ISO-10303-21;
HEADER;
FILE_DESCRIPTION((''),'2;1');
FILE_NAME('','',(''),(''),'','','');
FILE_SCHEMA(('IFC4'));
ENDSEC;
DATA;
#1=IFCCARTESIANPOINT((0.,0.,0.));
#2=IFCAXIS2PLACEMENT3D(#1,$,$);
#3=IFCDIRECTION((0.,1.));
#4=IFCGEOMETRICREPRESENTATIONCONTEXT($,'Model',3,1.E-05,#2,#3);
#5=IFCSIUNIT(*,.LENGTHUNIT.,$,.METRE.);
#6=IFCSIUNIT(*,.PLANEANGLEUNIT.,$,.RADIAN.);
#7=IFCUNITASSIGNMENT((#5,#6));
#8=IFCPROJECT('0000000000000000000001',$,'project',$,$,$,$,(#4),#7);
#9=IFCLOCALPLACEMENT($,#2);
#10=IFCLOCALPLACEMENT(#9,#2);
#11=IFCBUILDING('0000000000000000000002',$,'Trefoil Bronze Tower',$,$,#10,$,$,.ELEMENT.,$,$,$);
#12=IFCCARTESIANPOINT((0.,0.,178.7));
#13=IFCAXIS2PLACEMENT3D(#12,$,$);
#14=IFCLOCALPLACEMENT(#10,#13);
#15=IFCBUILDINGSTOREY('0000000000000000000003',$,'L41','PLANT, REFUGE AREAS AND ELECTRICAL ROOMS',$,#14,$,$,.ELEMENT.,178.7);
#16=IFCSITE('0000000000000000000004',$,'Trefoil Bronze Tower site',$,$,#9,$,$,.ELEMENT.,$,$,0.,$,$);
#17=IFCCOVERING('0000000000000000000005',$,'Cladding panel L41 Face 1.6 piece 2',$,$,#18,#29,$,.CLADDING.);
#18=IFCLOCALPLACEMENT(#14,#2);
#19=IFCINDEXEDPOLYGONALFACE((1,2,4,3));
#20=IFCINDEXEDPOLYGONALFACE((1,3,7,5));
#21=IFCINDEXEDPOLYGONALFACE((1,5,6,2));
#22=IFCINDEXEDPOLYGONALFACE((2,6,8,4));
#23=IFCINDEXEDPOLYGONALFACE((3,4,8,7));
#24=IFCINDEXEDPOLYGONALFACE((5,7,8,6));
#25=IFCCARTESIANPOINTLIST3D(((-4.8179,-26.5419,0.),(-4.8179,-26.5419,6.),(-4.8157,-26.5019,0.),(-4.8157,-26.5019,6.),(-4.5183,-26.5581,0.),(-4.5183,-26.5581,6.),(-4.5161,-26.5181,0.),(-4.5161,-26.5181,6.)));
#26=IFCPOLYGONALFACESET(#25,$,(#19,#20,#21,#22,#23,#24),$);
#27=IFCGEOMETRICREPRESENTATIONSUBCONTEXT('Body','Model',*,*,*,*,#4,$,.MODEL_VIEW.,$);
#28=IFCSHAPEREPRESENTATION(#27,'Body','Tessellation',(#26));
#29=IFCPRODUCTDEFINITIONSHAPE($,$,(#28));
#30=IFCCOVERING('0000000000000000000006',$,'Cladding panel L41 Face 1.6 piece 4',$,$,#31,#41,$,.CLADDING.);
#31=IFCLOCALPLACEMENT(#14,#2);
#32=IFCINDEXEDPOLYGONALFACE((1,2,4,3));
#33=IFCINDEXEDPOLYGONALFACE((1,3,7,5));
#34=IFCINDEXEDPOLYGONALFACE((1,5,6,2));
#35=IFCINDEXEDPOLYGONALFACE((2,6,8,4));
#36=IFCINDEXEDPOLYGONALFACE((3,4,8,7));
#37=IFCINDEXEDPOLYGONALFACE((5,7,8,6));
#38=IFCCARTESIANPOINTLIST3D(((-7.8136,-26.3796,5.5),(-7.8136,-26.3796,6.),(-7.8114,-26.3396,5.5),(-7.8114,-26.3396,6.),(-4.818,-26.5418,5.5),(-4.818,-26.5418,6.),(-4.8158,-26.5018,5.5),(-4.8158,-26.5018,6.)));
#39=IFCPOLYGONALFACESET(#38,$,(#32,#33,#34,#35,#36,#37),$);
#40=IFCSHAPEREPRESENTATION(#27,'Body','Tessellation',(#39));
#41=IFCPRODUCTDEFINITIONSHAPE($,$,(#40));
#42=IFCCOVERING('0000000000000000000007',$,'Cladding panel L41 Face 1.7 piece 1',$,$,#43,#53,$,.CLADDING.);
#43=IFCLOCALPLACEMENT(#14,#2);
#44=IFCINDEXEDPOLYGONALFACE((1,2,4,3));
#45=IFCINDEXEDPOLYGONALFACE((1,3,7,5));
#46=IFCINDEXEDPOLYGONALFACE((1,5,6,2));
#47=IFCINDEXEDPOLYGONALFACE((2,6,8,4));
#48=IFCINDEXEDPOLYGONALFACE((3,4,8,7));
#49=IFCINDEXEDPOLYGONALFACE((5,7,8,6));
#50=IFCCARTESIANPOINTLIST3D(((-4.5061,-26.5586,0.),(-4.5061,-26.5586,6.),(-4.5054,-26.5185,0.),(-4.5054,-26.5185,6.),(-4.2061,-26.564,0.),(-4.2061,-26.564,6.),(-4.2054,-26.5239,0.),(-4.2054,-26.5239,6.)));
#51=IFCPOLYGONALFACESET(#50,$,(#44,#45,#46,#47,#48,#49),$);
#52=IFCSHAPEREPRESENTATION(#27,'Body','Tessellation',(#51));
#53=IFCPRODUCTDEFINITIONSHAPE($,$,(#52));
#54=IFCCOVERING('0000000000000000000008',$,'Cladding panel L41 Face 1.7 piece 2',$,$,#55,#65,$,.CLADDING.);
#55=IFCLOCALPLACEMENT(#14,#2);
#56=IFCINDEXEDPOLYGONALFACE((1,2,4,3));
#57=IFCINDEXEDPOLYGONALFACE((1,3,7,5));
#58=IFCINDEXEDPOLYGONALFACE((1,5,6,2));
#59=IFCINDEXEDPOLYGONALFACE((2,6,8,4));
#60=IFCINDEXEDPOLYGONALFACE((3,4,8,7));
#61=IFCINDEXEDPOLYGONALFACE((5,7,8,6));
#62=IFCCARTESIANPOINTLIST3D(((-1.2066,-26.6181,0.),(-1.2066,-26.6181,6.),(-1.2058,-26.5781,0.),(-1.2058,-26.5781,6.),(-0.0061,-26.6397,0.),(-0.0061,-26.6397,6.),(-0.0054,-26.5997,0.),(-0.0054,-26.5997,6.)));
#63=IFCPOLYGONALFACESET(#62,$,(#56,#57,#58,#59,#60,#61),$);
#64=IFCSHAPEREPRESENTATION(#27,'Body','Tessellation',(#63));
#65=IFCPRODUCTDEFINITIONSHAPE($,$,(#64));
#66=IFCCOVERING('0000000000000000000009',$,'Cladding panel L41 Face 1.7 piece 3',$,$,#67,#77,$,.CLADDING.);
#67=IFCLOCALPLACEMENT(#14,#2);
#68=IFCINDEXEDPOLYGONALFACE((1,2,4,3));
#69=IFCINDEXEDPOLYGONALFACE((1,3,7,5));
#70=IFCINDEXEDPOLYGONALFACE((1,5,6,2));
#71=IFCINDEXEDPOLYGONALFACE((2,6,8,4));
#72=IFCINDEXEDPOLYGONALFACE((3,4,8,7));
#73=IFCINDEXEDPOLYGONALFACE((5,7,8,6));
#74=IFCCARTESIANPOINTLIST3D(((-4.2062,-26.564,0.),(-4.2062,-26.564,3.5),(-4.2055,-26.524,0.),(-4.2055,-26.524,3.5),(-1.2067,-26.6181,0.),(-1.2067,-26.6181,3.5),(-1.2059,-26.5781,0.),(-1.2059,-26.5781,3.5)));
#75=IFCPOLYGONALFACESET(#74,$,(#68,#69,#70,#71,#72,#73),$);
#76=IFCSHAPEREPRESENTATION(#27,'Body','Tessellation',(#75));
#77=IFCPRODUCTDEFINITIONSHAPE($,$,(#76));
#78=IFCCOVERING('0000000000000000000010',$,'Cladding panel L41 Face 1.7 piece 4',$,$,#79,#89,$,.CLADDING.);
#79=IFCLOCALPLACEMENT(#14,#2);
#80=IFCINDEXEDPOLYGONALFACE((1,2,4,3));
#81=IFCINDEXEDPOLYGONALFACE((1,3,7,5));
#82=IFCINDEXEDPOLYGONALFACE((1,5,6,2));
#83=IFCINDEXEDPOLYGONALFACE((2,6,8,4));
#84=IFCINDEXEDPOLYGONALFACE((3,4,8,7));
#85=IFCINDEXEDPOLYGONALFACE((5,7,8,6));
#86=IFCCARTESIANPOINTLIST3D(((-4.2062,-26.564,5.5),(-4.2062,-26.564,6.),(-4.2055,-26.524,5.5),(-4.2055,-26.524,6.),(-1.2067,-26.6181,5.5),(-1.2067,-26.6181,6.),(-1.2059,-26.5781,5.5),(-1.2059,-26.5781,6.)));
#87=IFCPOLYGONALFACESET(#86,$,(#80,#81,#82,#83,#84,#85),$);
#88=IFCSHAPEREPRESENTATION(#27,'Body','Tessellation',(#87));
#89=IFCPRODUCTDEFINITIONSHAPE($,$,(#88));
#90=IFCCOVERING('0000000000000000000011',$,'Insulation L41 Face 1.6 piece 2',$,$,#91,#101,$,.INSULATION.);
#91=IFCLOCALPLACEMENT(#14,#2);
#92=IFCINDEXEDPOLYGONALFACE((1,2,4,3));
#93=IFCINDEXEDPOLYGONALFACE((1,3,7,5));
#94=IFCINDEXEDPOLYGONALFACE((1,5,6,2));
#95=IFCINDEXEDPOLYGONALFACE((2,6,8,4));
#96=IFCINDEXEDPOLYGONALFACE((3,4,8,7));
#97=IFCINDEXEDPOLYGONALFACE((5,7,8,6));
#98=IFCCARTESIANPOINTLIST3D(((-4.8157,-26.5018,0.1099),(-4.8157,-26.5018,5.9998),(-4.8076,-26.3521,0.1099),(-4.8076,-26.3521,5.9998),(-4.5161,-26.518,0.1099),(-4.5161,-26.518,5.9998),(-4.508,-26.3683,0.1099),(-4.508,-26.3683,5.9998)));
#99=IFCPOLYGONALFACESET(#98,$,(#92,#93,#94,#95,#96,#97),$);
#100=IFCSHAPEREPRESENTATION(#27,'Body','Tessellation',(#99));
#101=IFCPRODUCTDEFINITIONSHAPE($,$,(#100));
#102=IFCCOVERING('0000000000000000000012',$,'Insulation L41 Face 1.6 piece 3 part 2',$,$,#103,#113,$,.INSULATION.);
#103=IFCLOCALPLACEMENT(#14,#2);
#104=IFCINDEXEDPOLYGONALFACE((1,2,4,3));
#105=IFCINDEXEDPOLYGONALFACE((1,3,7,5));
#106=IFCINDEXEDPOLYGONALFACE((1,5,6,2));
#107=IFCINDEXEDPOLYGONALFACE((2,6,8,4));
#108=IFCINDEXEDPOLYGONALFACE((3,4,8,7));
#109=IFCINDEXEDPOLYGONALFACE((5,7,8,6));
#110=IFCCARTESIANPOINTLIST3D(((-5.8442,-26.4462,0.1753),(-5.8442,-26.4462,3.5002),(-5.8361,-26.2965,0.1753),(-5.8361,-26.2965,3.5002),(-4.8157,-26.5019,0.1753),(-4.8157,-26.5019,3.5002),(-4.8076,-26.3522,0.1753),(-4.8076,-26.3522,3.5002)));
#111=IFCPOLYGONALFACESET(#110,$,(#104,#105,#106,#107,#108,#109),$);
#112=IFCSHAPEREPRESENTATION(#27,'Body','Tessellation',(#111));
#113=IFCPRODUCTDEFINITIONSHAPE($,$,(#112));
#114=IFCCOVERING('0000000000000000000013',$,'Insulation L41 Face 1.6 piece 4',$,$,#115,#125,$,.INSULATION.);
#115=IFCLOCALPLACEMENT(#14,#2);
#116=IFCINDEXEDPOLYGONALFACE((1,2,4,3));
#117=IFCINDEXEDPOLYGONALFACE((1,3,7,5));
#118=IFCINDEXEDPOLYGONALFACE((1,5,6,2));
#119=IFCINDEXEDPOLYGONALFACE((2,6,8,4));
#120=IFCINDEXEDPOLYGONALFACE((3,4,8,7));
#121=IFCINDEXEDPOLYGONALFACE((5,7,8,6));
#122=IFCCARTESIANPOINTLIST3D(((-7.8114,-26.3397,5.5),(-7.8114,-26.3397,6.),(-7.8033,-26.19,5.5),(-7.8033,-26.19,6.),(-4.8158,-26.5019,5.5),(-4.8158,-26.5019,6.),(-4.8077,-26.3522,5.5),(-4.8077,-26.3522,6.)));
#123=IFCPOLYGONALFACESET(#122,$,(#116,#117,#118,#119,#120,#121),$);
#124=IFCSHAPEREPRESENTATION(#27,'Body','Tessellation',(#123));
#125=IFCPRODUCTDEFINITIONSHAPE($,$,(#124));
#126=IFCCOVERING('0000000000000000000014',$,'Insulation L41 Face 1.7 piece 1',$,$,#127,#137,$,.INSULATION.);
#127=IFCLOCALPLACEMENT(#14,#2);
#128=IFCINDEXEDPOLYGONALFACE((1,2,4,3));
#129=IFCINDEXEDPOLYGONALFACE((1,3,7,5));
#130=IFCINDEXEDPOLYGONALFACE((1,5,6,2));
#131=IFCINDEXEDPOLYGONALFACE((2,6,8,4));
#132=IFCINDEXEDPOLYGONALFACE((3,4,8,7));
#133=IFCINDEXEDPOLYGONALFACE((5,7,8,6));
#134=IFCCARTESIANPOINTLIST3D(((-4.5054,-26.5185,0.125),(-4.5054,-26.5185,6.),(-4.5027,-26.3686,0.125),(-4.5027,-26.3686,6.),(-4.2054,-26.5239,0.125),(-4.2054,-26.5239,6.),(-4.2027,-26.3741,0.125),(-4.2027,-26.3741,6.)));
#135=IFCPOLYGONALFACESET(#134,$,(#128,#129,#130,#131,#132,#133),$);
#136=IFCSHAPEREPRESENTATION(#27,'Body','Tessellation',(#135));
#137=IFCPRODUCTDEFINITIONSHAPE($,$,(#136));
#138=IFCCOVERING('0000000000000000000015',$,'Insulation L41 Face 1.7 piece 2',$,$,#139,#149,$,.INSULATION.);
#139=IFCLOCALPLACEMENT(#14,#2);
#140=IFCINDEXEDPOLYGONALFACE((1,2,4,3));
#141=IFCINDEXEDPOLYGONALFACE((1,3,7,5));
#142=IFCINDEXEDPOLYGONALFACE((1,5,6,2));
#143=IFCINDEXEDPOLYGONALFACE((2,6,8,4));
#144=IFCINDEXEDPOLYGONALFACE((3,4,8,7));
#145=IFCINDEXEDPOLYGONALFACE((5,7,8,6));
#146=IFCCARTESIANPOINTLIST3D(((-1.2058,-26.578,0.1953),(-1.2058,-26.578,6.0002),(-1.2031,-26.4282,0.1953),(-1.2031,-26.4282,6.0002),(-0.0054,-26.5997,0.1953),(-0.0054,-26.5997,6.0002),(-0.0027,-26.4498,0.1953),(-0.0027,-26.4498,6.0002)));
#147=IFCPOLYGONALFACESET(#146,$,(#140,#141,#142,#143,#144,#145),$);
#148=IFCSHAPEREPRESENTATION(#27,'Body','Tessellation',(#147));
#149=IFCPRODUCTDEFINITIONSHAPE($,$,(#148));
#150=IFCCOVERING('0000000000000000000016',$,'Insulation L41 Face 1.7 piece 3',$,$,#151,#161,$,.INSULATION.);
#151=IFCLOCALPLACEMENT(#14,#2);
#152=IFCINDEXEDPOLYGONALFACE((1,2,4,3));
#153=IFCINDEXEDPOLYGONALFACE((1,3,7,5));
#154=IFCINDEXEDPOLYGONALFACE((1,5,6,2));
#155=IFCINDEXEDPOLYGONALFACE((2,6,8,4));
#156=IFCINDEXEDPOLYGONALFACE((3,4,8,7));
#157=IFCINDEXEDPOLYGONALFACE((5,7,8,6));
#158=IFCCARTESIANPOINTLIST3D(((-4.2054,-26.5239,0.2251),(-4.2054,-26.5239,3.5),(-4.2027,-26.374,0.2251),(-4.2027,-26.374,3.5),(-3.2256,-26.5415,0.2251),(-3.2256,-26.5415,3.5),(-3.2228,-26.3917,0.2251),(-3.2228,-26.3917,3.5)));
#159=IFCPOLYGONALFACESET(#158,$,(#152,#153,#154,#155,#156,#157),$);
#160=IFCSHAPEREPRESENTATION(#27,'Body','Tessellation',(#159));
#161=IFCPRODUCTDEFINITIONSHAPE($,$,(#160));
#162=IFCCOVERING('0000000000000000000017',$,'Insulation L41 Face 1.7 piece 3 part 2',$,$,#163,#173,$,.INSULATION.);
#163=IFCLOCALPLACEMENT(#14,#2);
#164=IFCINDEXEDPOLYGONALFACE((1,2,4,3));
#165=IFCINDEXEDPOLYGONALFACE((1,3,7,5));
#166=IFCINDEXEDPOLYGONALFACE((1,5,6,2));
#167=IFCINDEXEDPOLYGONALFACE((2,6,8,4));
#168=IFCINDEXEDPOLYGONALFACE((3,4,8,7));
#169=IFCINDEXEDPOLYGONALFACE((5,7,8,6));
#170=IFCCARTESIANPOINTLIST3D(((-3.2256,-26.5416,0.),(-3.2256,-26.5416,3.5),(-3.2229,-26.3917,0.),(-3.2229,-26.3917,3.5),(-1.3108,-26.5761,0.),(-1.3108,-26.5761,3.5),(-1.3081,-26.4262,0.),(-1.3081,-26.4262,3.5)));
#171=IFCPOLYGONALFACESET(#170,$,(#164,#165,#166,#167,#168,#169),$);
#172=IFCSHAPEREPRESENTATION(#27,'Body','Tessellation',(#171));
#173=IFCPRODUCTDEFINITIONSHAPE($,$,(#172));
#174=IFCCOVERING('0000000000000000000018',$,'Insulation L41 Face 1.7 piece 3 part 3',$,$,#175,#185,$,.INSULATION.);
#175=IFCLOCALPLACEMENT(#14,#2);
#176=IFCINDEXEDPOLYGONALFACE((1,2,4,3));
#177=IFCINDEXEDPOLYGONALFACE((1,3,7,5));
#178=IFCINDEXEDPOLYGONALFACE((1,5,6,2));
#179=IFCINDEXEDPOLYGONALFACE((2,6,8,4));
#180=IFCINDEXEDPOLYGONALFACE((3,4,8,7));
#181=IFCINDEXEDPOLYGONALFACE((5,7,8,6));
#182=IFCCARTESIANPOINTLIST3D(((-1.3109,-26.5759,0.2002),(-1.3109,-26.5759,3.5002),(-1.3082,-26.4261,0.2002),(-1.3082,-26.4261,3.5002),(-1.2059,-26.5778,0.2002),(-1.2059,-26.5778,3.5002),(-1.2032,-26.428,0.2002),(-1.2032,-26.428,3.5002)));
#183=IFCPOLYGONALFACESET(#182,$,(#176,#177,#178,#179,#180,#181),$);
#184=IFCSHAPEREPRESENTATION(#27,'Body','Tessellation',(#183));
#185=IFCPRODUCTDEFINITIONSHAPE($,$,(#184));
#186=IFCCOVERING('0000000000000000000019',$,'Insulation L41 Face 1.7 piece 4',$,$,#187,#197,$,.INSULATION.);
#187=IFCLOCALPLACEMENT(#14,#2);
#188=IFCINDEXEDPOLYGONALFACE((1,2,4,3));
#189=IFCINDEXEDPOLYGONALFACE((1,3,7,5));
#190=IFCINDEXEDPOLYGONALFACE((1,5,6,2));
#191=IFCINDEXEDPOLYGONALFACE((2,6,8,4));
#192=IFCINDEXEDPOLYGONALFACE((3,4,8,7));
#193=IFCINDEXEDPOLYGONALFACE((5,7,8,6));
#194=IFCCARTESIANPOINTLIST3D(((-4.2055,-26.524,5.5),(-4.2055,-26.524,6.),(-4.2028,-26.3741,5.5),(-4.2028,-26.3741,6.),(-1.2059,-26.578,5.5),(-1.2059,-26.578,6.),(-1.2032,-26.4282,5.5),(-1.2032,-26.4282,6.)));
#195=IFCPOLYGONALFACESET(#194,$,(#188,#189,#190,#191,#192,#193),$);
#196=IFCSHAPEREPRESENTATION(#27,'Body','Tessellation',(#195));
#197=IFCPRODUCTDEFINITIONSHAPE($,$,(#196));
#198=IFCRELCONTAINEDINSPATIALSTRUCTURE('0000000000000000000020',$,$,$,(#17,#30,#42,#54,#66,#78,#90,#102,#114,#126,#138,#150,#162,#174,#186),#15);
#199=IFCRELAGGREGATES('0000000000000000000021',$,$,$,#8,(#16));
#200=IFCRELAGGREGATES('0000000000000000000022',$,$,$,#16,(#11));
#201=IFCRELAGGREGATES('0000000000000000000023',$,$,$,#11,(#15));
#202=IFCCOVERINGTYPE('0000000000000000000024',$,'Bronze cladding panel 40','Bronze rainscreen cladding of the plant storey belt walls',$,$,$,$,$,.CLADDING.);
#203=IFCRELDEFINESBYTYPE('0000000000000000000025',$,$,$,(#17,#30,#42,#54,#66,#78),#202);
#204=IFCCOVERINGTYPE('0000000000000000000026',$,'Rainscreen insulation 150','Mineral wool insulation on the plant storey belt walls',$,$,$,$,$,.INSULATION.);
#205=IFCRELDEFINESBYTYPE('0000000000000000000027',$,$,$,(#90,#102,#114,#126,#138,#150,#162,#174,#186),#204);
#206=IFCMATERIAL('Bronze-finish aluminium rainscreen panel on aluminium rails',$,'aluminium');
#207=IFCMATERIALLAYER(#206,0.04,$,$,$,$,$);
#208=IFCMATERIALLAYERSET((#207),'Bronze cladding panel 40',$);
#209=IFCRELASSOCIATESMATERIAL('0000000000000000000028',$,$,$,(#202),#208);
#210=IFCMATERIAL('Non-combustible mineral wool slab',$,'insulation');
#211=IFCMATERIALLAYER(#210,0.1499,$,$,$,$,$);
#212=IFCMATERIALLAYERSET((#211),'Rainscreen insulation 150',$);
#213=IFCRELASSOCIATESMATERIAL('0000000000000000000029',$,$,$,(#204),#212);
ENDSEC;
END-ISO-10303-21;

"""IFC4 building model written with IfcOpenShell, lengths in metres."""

from ifc_helpers import new_model, si_unit, direction, frame, origin, origin_2d, place, context, subcontext, project, spatial, rectangle, extrude, material, layer, layer_set, type_object, element, save


model = new_model("IFC4")

# Units and contexts
model_context = context("Model", 3, precision=1e-05, world=origin(), true_north=direction((0.0, 1.0)))
body_context = subcontext(model_context, "Body", "Model", "MODEL_VIEW")
ifc_project = project(units=[si_unit("LENGTHUNIT", "METRE"), si_unit("PLANEANGLEUNIT", "RADIAN")], contexts=[model_context])

# Site, building, storey
site_placement = place(None, origin())
site = spatial("IfcSite", under=ifc_project, at=site_placement, Name="Trefoil Bronze Tower site", CompositionType="ELEMENT", RefElevation=0.0)
building_placement = place(site_placement, origin())
building = spatial("IfcBuilding", under=site, at=building_placement, Name="Trefoil Bronze Tower", CompositionType="ELEMENT")
storey_placement = place(building_placement, frame((0.0, 0.0, 178.7)))
storey = spatial("IfcBuildingStorey", under=building, at=storey_placement, Name="L41", Description="PLANT, REFUGE AREAS AND ELECTRICAL ROOMS", CompositionType="ELEMENT", Elevation=178.7)

# Coverings
ifc_material_1 = material(Name="Bronze-finish aluminium rainscreen panel on aluminium rails", Category="aluminium")
ifc_layer_1 = layer(ifc_material_1, 0.04)
ifc_layer_set_1 = layer_set([ifc_layer_1], Name="Bronze cladding panel 40")
covering_type_1 = type_object("IfcCoveringType", Name="Bronze cladding panel 40", Description="Bronze rainscreen cladding of the plant storey belt walls", PredefinedType="CLADDING", material=ifc_layer_set_1)
covering_1_placement = place(storey_placement, frame((-4.667, -26.53, 0.0), z_axis=(0.0, 0.0, 1.0), x_axis=(0.998538, -0.054063, 0.0)))
element("IfcCovering", 1, at=covering_1_placement, inside=storey, type_object=covering_type_1, Name="Cladding panel L41 Face 1.6 piece 2", PredefinedType="CLADDING", context=body_context, shape_type="SweptSolid", body=[
    extrude(rectangle(XDim=0.3, YDim=0.04, at=origin_2d()), origin(), (0.0, 0.0, 1.0), 6.0),
])
covering_2_placement = place(storey_placement, frame((-6.3147, -26.4407, 5.5), z_axis=(0.0, 0.0, 1.0), x_axis=(0.998538, -0.054063, 0.0)))
element("IfcCovering", 2, at=covering_2_placement, inside=storey, type_object=covering_type_1, Name="Cladding panel L41 Face 1.6 piece 4", PredefinedType="CLADDING", context=body_context, shape_type="SweptSolid", body=[
    extrude(rectangle(XDim=3.0, YDim=0.04, at=origin_2d()), origin(), (0.0, 0.0, 1.0), 0.5),
])
covering_3_placement = place(storey_placement, frame((-4.3557, -26.5413, 0.0), z_axis=(0.0, 0.0, 1.0), x_axis=(0.999838, -0.018021, 0.0)))
element("IfcCovering", 3, at=covering_3_placement, inside=storey, type_object=covering_type_1, Name="Cladding panel L41 Face 1.7 piece 1", PredefinedType="CLADDING", context=body_context, shape_type="SweptSolid", body=[
    extrude(rectangle(XDim=0.3, YDim=0.04, at=origin_2d()), origin(), (0.0, 0.0, 1.0), 6.0),
])
covering_4_placement = place(storey_placement, frame((-0.606, -26.6089, 0.0), z_axis=(0.0, 0.0, 1.0), x_axis=(0.999838, -0.018021, 0.0)))
element("IfcCovering", 4, at=covering_4_placement, inside=storey, type_object=covering_type_1, Name="Cladding panel L41 Face 1.7 piece 2", PredefinedType="CLADDING", context=body_context, shape_type="SweptSolid", body=[
    extrude(rectangle(XDim=1.2007, YDim=0.04, at=origin_2d()), origin(), (0.0, 0.0, 1.0), 6.0),
])
covering_5_placement = place(storey_placement, frame((-2.7061, -26.571, 0.0), z_axis=(0.0, 0.0, 1.0), x_axis=(0.999838, -0.018021, 0.0)))
element("IfcCovering", 5, at=covering_5_placement, inside=storey, type_object=covering_type_1, Name="Cladding panel L41 Face 1.7 piece 3", PredefinedType="CLADDING", context=body_context, shape_type="SweptSolid", body=[
    extrude(rectangle(XDim=3.0, YDim=0.04, at=origin_2d()), origin(), (0.0, 0.0, 1.0), 3.5),
])
covering_6_placement = place(storey_placement, frame((-2.7061, -26.571, 5.5), z_axis=(0.0, 0.0, 1.0), x_axis=(0.999838, -0.018021, 0.0)))
element("IfcCovering", 6, at=covering_6_placement, inside=storey, type_object=covering_type_1, Name="Cladding panel L41 Face 1.7 piece 4", PredefinedType="CLADDING", context=body_context, shape_type="SweptSolid", body=[
    extrude(rectangle(XDim=3.0, YDim=0.04, at=origin_2d()), origin(), (0.0, 0.0, 1.0), 0.5),
])
ifc_material_2 = material(Name="Non-combustible mineral wool slab", Category="insulation")
ifc_layer_2 = layer(ifc_material_2, 0.1499)
ifc_layer_set_2 = layer_set([ifc_layer_2], Name="Rainscreen insulation 150")
covering_type_2 = type_object("IfcCoveringType", Name="Rainscreen insulation 150", Description="Mineral wool insulation on the plant storey belt walls", PredefinedType="INSULATION", material=ifc_layer_set_2)
covering_7_placement = place(storey_placement, frame((-4.6619, -26.4351, 0.1099), z_axis=(0.0, 0.0, 1.0), x_axis=(0.998538, -0.054063, 0.0)))
element("IfcCovering", 7, at=covering_7_placement, inside=storey, type_object=covering_type_2, Name="Insulation L41 Face 1.6 piece 2", PredefinedType="INSULATION", context=body_context, shape_type="SweptSolid", body=[
    extrude(rectangle(XDim=0.3, YDim=0.1499, at=origin_2d()), origin(), (0.0, 0.0, 1.0), 5.8899),
])
covering_8_placement = place(storey_placement, frame((-5.3259, -26.3992, 0.1753), z_axis=(0.0, 0.0, 1.0), x_axis=(0.998538, -0.054063, 0.0)))
element("IfcCovering", 8, at=covering_8_placement, inside=storey, type_object=covering_type_2, Name="Insulation L41 Face 1.6 piece 3 part 2", PredefinedType="INSULATION", context=body_context, shape_type="SweptSolid", body=[
    extrude(rectangle(XDim=1.03, YDim=0.1499, at=origin_2d()), origin(), (0.0, 0.0, 1.0), 3.325),
])
covering_9_placement = place(storey_placement, frame((-6.3096, -26.3459, 5.5), z_axis=(0.0, 0.0, 1.0), x_axis=(0.998538, -0.054063, 0.0)))
element("IfcCovering", 9, at=covering_9_placement, inside=storey, type_object=covering_type_2, Name="Insulation L41 Face 1.6 piece 4", PredefinedType="INSULATION", context=body_context, shape_type="SweptSolid", body=[
    extrude(rectangle(XDim=3.0, YDim=0.1499, at=origin_2d()), origin(), (0.0, 0.0, 1.0), 0.5),
])
covering_10_placement = place(storey_placement, frame((-4.354, -26.4463, 0.125), z_axis=(0.0, 0.0, 1.0), x_axis=(0.999838, -0.018021, 0.0)))
element("IfcCovering", 10, at=covering_10_placement, inside=storey, type_object=covering_type_2, Name="Insulation L41 Face 1.7 piece 1", PredefinedType="INSULATION", context=body_context, shape_type="SweptSolid", body=[
    extrude(rectangle(XDim=0.3, YDim=0.1499, at=origin_2d()), origin(), (0.0, 0.0, 1.0), 5.875),
])
covering_11_placement = place(storey_placement, frame((-0.6042, -26.5139, 0.1953), z_axis=(0.0, 0.0, 1.0), x_axis=(0.999838, -0.018021, 0.0)))
element("IfcCovering", 11, at=covering_11_placement, inside=storey, type_object=covering_type_2, Name="Insulation L41 Face 1.7 piece 2", PredefinedType="INSULATION", context=body_context, shape_type="SweptSolid", body=[
    extrude(rectangle(XDim=1.2007, YDim=0.1499, at=origin_2d()), origin(), (0.0, 0.0, 1.0), 5.8049),
])
covering_12_placement = place(storey_placement, frame((-3.7141, -26.4578, 0.2251), z_axis=(0.0, 0.0, 1.0), x_axis=(0.999838, -0.018021, 0.0)))
element("IfcCovering", 12, at=covering_12_placement, inside=storey, type_object=covering_type_2, Name="Insulation L41 Face 1.7 piece 3", PredefinedType="INSULATION", context=body_context, shape_type="SweptSolid", body=[
    extrude(rectangle(XDim=0.98, YDim=0.1499, at=origin_2d()), origin(), (0.0, 0.0, 1.0), 3.2749),
])
covering_13_placement = place(storey_placement, frame((-2.2668, -26.4839, 0.0), z_axis=(0.0, 0.0, 1.0), x_axis=(0.999838, -0.018021, 0.0)))
element("IfcCovering", 13, at=covering_13_placement, inside=storey, type_object=covering_type_2, Name="Insulation L41 Face 1.7 piece 3 part 2", PredefinedType="INSULATION", context=body_context, shape_type="SweptSolid", body=[
    extrude(rectangle(XDim=1.915, YDim=0.1499, at=origin_2d()), origin(), (0.0, 0.0, 1.0), 3.5),
])
covering_14_placement = place(storey_placement, frame((-1.2571, -26.502, 0.2002), z_axis=(0.0, 0.0, 1.0), x_axis=(0.999838, -0.018021, 0.0)))
element("IfcCovering", 14, at=covering_14_placement, inside=storey, type_object=covering_type_2, Name="Insulation L41 Face 1.7 piece 3 part 3", PredefinedType="INSULATION", context=body_context, shape_type="SweptSolid", body=[
    extrude(rectangle(XDim=0.105, YDim=0.1499, at=origin_2d()), origin(), (0.0, 0.0, 1.0), 3.3),
])
covering_15_placement = place(storey_placement, frame((-2.7043, -26.4761, 5.5), z_axis=(0.0, 0.0, 1.0), x_axis=(0.999838, -0.018021, 0.0)))
element("IfcCovering", 15, at=covering_15_placement, inside=storey, type_object=covering_type_2, Name="Insulation L41 Face 1.7 piece 4", PredefinedType="INSULATION", context=body_context, shape_type="SweptSolid", body=[
    extrude(rectangle(XDim=3.0, YDim=0.1499, at=origin_2d()), origin(), (0.0, 0.0, 1.0), 0.5),
])

save(model, "model.ifc")
